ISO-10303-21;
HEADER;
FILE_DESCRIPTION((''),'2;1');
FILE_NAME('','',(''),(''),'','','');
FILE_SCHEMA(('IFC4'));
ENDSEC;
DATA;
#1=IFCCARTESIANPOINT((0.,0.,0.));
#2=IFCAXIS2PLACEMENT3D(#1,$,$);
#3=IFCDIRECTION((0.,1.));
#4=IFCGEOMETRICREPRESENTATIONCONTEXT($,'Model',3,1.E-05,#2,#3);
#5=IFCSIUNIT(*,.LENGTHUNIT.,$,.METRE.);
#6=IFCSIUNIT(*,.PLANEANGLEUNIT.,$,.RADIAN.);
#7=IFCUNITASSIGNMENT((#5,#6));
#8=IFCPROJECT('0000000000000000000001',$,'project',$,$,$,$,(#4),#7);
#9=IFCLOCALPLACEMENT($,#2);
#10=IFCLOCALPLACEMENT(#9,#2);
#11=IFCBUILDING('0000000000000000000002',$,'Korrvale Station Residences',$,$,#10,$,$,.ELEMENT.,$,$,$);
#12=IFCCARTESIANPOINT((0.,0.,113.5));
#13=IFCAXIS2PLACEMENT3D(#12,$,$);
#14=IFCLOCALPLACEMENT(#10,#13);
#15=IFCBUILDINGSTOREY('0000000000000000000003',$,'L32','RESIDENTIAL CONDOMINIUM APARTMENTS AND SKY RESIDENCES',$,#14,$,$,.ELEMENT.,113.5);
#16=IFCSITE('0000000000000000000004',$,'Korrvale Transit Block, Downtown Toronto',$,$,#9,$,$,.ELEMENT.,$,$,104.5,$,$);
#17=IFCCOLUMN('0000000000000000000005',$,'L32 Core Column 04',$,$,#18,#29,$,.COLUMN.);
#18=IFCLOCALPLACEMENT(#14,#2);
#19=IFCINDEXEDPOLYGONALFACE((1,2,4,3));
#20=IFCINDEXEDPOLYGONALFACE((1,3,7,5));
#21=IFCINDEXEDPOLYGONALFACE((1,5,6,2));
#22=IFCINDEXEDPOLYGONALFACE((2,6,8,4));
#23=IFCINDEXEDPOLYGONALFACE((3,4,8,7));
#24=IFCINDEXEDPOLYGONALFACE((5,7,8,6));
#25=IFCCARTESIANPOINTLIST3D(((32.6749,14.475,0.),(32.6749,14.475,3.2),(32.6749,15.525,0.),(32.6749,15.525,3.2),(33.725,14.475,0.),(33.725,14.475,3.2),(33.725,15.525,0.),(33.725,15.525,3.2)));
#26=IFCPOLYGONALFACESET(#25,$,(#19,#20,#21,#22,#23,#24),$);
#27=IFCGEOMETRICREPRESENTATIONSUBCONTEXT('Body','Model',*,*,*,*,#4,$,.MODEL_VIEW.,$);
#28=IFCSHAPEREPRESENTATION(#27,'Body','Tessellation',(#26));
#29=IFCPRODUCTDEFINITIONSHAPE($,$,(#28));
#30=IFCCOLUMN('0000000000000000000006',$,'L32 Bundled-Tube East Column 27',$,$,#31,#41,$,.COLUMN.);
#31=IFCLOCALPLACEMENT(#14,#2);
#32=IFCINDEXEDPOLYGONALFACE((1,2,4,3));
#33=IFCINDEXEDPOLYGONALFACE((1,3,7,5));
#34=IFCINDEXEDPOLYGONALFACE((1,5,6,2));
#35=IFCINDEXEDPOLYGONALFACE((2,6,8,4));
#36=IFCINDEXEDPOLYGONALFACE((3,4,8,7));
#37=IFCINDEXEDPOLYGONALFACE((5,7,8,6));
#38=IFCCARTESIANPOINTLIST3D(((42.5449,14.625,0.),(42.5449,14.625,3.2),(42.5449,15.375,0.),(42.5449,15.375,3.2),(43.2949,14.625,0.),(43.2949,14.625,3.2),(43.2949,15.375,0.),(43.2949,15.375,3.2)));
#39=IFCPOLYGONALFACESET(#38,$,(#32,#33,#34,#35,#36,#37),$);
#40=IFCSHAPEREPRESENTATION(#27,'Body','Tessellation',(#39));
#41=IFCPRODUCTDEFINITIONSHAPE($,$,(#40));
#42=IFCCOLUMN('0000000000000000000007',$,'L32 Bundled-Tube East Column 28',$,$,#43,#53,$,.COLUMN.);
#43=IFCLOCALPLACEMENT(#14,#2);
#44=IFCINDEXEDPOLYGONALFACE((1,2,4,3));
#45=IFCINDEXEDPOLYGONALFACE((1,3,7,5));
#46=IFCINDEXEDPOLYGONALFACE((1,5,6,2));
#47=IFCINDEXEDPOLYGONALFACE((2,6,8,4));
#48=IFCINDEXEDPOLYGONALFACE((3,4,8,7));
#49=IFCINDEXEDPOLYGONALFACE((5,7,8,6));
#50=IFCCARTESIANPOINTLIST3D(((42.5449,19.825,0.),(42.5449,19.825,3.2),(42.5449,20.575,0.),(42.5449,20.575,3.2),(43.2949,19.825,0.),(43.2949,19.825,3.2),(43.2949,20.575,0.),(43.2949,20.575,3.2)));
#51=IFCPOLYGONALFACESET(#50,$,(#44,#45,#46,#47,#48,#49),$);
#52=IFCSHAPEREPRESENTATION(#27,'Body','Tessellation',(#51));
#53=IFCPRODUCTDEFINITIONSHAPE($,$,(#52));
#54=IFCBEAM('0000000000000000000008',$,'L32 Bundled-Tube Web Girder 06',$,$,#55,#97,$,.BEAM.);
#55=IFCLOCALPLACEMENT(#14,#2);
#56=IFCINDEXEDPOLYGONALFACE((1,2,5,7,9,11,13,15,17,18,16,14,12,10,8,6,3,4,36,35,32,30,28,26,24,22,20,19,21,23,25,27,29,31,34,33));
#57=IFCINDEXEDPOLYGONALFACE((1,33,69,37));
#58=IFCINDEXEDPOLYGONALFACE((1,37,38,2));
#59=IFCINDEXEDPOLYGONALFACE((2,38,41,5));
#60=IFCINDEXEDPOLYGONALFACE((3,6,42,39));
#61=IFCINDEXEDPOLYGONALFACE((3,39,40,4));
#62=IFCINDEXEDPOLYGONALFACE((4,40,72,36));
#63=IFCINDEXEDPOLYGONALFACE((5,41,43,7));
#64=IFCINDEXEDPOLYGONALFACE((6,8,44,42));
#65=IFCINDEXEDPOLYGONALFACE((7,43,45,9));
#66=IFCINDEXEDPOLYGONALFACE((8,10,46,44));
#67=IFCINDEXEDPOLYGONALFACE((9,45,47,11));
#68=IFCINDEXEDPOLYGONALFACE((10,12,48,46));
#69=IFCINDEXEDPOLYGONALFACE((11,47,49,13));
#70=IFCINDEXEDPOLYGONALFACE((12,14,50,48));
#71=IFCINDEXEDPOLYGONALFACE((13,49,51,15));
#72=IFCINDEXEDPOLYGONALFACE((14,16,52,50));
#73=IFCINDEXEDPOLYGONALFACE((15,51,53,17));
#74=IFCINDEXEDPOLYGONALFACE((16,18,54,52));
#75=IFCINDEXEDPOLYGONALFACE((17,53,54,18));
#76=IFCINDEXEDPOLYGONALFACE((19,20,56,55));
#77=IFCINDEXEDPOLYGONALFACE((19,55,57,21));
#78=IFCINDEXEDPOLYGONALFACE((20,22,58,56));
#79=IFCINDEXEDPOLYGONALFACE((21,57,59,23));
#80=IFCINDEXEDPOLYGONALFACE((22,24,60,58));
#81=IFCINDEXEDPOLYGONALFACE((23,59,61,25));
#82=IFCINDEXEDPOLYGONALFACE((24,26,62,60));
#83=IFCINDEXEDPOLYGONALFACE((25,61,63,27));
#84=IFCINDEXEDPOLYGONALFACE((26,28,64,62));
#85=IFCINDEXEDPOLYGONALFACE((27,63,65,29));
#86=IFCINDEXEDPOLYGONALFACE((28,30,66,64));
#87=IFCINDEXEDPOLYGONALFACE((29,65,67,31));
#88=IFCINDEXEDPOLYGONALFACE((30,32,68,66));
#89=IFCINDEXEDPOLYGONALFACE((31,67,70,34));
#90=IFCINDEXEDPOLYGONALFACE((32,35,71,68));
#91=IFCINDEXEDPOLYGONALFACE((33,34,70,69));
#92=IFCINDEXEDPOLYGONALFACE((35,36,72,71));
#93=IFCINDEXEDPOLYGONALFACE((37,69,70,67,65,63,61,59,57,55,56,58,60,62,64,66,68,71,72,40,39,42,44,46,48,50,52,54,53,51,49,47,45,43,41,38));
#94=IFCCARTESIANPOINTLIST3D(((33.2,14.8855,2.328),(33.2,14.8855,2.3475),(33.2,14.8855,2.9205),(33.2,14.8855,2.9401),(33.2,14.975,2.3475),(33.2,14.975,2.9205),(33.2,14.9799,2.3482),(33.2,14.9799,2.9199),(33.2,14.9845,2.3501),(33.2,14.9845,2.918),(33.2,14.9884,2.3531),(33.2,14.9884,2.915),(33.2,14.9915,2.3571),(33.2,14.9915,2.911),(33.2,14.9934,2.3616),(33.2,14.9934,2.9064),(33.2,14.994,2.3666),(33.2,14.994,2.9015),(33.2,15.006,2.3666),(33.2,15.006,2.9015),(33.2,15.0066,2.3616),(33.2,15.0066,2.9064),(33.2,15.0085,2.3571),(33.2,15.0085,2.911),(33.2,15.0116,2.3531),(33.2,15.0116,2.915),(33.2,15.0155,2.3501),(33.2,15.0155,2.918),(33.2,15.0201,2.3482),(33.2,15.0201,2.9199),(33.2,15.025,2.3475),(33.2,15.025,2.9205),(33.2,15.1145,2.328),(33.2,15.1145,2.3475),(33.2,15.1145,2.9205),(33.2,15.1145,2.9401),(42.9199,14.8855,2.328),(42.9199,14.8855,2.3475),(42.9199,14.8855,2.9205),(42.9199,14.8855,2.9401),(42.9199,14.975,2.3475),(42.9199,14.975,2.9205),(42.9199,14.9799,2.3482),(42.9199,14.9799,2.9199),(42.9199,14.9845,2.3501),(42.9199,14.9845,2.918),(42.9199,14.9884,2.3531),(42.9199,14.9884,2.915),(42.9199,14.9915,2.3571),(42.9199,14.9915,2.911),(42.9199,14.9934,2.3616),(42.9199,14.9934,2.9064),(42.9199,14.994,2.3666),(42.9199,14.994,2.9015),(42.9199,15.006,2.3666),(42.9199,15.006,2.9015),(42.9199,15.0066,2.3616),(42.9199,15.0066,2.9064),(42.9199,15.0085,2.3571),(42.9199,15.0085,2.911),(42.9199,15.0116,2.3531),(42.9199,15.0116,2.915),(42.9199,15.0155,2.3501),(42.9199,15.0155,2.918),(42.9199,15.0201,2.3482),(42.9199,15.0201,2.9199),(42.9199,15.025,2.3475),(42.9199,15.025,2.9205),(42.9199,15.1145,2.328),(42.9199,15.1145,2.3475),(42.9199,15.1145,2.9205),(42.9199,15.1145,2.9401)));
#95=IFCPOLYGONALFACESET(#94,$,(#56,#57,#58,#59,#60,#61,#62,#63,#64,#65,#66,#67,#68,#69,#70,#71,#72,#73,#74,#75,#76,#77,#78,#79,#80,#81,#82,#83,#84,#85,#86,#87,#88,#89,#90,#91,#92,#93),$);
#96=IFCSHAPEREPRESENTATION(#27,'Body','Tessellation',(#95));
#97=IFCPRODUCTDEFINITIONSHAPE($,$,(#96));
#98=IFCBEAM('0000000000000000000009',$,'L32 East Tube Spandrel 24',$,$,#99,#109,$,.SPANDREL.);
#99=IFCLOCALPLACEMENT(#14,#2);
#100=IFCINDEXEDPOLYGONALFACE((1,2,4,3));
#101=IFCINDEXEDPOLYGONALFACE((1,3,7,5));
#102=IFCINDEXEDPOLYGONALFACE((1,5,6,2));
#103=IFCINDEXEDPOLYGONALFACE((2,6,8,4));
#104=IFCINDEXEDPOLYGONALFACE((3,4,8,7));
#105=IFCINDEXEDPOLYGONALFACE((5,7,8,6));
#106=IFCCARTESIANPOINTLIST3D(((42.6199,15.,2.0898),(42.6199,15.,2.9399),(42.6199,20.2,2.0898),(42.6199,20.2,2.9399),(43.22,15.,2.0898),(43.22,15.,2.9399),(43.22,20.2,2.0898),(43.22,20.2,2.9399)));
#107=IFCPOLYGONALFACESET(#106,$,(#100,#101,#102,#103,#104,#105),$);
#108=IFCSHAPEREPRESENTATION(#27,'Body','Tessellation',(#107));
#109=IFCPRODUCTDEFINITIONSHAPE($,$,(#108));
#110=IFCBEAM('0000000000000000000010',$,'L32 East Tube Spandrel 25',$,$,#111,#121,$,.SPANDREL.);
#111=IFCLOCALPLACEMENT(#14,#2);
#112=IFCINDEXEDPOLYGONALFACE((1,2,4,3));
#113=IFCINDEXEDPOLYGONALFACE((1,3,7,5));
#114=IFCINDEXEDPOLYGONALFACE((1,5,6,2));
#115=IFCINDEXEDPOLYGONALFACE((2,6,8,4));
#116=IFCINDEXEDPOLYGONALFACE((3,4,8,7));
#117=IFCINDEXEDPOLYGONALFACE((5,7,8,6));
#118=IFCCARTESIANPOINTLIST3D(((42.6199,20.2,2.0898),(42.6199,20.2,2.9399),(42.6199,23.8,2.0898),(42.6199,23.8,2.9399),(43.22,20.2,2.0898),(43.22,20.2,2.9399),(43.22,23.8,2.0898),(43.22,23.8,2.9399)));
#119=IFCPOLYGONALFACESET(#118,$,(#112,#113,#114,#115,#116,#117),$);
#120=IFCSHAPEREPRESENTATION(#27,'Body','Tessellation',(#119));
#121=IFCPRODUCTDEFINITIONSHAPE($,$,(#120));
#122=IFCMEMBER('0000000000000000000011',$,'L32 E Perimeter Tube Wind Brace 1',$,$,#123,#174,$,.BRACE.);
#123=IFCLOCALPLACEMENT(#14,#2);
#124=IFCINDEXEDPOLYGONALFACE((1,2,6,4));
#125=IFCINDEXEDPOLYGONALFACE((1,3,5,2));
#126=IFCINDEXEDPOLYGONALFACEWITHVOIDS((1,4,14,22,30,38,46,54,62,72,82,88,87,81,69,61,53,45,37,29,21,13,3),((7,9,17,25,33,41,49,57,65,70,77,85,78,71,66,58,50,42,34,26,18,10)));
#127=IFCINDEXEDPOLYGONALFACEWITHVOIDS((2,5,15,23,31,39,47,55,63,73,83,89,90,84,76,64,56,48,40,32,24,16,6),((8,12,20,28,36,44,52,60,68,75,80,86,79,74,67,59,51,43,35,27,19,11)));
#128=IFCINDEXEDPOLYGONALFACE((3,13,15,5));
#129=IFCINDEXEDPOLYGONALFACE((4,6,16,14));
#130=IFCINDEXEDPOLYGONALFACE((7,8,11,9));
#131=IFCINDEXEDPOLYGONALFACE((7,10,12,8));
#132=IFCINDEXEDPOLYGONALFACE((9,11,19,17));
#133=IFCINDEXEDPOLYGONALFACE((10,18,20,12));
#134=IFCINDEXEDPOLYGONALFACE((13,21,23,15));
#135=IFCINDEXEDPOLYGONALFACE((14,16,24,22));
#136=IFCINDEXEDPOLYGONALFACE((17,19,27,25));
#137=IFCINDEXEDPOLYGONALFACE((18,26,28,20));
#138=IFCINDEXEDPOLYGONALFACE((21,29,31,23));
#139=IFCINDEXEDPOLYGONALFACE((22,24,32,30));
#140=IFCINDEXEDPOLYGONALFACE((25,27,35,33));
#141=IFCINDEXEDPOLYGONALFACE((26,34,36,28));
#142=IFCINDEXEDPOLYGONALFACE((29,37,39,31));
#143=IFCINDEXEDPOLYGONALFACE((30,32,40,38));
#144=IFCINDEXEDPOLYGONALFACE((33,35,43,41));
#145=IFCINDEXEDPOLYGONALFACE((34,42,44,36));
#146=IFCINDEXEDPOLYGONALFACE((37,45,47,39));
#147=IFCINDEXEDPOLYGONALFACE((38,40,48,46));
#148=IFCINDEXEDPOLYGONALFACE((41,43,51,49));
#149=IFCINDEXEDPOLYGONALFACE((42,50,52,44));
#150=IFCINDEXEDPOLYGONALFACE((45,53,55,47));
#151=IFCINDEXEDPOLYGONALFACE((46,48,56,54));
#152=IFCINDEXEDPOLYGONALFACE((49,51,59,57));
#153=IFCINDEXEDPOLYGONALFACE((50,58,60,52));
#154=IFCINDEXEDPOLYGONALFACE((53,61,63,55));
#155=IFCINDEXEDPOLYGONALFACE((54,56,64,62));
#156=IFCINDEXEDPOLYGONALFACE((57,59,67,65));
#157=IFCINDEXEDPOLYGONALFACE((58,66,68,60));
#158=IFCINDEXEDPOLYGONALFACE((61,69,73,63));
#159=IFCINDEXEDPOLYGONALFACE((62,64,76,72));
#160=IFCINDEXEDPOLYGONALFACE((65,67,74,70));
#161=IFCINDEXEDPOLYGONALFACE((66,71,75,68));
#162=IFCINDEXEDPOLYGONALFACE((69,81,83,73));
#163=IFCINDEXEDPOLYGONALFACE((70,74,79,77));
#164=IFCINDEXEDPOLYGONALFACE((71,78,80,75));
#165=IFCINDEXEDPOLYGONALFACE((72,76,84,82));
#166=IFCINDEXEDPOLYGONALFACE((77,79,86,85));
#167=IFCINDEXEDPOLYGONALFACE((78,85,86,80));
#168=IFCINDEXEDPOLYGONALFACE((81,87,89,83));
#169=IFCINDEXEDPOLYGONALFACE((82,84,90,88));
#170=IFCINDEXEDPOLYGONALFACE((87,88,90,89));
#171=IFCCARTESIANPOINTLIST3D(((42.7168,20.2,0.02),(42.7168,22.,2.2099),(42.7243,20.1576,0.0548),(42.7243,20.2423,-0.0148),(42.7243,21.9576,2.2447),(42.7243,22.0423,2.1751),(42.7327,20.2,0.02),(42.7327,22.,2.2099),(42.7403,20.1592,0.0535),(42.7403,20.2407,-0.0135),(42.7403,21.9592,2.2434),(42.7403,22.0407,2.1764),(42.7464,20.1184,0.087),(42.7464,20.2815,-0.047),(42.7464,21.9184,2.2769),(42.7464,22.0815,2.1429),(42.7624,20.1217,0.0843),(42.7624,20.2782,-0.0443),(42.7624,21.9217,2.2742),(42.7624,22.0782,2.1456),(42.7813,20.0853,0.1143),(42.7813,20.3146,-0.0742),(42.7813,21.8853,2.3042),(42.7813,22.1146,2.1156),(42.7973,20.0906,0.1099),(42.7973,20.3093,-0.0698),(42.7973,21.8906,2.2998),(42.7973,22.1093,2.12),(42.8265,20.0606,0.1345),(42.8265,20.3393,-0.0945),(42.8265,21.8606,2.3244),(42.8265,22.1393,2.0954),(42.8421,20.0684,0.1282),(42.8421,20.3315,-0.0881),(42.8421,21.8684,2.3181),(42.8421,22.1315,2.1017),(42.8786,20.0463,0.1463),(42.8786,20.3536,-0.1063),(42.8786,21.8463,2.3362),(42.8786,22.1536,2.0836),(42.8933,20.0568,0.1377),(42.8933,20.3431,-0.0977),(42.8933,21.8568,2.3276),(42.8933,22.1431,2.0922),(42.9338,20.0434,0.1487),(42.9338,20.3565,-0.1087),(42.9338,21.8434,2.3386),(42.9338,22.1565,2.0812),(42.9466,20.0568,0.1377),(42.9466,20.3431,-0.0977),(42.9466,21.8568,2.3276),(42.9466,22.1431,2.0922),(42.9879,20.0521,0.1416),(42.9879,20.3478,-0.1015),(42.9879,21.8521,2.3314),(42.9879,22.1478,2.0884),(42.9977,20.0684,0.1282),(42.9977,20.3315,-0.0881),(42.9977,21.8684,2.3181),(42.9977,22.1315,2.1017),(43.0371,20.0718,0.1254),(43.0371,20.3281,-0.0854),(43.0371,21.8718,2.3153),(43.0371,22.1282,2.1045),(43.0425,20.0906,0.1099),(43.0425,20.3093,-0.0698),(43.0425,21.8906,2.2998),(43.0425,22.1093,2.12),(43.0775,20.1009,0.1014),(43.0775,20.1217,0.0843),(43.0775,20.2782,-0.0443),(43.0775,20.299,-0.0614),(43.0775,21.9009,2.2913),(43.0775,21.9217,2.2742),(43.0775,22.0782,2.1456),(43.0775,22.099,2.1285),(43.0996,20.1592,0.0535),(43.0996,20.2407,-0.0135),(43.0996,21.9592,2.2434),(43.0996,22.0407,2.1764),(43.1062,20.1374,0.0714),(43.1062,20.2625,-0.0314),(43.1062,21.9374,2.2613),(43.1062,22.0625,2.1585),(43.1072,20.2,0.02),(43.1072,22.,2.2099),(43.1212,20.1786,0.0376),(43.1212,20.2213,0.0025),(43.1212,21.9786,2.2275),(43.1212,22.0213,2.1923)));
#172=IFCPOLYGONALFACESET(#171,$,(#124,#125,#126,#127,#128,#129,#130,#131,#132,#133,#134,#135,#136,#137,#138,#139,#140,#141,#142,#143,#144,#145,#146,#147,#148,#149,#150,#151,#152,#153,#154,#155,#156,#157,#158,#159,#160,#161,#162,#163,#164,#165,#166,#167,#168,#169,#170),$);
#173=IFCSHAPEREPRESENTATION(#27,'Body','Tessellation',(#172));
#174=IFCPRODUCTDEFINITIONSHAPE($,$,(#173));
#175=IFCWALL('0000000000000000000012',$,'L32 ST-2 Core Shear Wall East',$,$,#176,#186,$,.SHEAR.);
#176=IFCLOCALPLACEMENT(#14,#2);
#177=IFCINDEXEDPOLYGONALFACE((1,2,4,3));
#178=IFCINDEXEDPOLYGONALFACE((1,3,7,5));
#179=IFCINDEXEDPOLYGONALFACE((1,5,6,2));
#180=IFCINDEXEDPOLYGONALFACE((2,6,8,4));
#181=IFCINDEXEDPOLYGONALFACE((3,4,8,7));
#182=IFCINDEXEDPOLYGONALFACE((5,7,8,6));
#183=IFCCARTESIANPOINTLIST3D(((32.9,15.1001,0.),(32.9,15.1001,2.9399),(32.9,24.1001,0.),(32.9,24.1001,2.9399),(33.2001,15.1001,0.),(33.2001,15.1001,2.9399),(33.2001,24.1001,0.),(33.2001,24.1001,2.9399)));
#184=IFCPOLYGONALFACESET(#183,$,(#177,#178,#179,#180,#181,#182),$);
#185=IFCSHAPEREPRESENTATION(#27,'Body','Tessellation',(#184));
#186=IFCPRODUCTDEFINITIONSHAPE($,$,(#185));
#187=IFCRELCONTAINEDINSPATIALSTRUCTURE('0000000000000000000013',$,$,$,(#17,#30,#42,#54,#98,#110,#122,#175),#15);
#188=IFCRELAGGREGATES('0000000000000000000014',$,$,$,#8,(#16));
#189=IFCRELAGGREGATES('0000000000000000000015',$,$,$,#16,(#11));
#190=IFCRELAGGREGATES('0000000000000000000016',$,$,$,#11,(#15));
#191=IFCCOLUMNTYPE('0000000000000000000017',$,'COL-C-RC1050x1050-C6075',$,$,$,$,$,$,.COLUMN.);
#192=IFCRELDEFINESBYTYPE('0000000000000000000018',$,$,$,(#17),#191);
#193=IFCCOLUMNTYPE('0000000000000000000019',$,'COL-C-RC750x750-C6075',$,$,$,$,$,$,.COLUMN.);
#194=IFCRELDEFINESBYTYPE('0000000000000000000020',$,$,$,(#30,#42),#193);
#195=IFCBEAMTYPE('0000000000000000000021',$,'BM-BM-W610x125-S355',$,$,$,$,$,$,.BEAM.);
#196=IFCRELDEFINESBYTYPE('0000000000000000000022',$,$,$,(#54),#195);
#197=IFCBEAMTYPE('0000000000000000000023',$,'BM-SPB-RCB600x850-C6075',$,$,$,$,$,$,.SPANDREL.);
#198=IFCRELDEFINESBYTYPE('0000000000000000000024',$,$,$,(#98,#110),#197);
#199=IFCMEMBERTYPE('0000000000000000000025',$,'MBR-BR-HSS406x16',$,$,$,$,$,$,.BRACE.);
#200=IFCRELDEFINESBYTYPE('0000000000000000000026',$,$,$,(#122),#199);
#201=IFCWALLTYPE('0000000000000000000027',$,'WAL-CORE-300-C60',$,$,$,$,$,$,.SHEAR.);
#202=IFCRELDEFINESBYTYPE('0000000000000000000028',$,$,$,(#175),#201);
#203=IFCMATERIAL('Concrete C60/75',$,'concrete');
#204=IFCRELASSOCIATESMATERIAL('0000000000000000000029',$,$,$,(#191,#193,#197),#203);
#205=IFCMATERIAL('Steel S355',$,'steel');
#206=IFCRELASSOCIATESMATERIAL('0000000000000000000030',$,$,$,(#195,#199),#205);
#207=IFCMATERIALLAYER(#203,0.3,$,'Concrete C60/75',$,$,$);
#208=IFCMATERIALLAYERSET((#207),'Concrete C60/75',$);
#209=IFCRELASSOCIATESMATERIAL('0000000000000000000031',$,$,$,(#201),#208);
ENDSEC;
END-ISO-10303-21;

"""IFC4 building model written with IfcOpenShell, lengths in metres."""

from ifc_helpers import new_model, si_unit, direction, frame, frame_2d, origin, origin_2d, place, context, subcontext, project, spatial, rectangle, hollow_circle, i_section, extrude, material, layer, layer_set, material_profile, profile_set, type_object, element, save


model = new_model("IFC4")

# Units and contexts
model_context = context("Model", 3, precision=1e-05, world=origin(), true_north=direction((0.0, 1.0)))
body_context = subcontext(model_context, "Body", "Model", "MODEL_VIEW")
ifc_project = project(units=[si_unit("LENGTHUNIT", "METRE"), si_unit("PLANEANGLEUNIT", "RADIAN")], contexts=[model_context])

# Site, building, storey
site_placement = place(None, origin())
site = spatial("IfcSite", under=ifc_project, at=site_placement, Name="Korrvale Transit Block, Downtown Toronto", CompositionType="ELEMENT", RefElevation=104.5)
building_placement = place(site_placement, origin())
building = spatial("IfcBuilding", under=site, at=building_placement, Name="Korrvale Station Residences", CompositionType="ELEMENT")
storey_placement = place(building_placement, frame((0.0, 0.0, 113.5)))
storey = spatial("IfcBuildingStorey", under=building, at=storey_placement, Name="L32", Description="RESIDENTIAL CONDOMINIUM APARTMENTS AND SKY RESIDENCES", CompositionType="ELEMENT", Elevation=113.5)

# Columns
ifc_material_1 = material(Name="Concrete C60/75", Category="concrete")
ifc_material_profile_1 = material_profile(ifc_material_1, rectangle(XDim=1.05, YDim=1.05, at=origin_2d()), Name="RC1050x1050")
ifc_profile_set_1 = profile_set([ifc_material_profile_1], Name="Concrete C60/75")
column_type_1 = type_object("IfcColumnType", Name="COL-C-RC1050x1050-C6075", PredefinedType="COLUMN", material=ifc_profile_set_1)
column_placement = place(storey_placement, frame((33.2, 15.0, 0.0), z_axis=(0.0, 0.0, 1.0), x_axis=(1.0, 0.0, 0.0)))
element("IfcColumn", 1, at=column_placement, inside=storey, type_object=column_type_1, Name="L32 Core Column 04", PredefinedType="COLUMN", context=body_context, shape_type="SweptSolid", body=[
    extrude(rectangle(XDim=1.05, YDim=1.05, at=origin_2d()), origin(), (0.0, 0.0, 1.0), 3.2),
])
ifc_material_profile_2 = material_profile(ifc_material_1, rectangle(XDim=0.75, YDim=0.75, at=origin_2d()), Name="RC750x750")
ifc_profile_set_2 = profile_set([ifc_material_profile_2], Name="Concrete C60/75")
column_type_2 = type_object("IfcColumnType", Name="COL-C-RC750x750-C6075", PredefinedType="COLUMN", material=ifc_profile_set_2)
for number, where, z_axis, x_axis, name in (
    (2, (42.9199, 15.0, 0.0), (0.0, 0.0, 1.0), (1.0, 0.0, 0.0), "L32 Bundled-Tube East Column 27"),
    (3, (42.9199, 20.2, 0.0), (0.0, 0.0, 1.0), (1.0, 0.0, 0.0), "L32 Bundled-Tube East Column 28"),
):
    element("IfcColumn", number, at=place(storey_placement, frame(where, z_axis=z_axis, x_axis=x_axis)), inside=storey, type_object=column_type_2, Name=name, PredefinedType="COLUMN", context=body_context, shape_type="SweptSolid", body=[
        extrude(rectangle(XDim=0.75, YDim=0.75, at=origin_2d()), origin(), (0.0, 0.0, 1.0), 3.2),
    ])

# Beams
ifc_material_2 = material(Name="Steel S355", Category="steel")
ifc_material_profile_3 = material_profile(ifc_material_2, i_section(OverallWidth=0.229, OverallDepth=0.6121, WebThickness=0.012, FlangeThickness=0.0195, FilletRadius=0.019, at=origin_2d()), Name="W610x125")
ifc_profile_set_3 = profile_set([ifc_material_profile_3], Name="Steel S355")
beam_type_1 = type_object("IfcBeamType", Name="BM-BM-W610x125-S355", PredefinedType="BEAM", material=ifc_profile_set_3)
beam_1_placement = place(storey_placement, frame((33.2, 15.0, 2.634), z_axis=(1.0, 0.0, 0.0), x_axis=(0.0, 1.0, 0.0)))
element("IfcBeam", 4, at=beam_1_placement, inside=storey, type_object=beam_type_1, Name="L32 Bundled-Tube Web Girder 06", PredefinedType="BEAM", context=body_context, shape_type="SweptSolid", body=[
    extrude(i_section(OverallWidth=0.229, OverallDepth=0.6121, WebThickness=0.012, FlangeThickness=0.0195, FilletRadius=0.019, at=origin_2d()), origin(), (0.0, 0.0, 1.0), 9.72),
])
ifc_material_profile_4 = material_profile(ifc_material_1, rectangle(XDim=0.6001, YDim=0.8501, at=origin_2d()), Name="RCB600x850")
ifc_profile_set_4 = profile_set([ifc_material_profile_4], Name="Concrete C60/75")
beam_type_2 = type_object("IfcBeamType", Name="BM-SPB-RCB600x850-C6075", PredefinedType="SPANDREL", material=ifc_profile_set_4)
beam_2_placement = place(storey_placement, frame((42.9199, 15.0, 2.5149), z_axis=(0.0, 1.0, 0.0), x_axis=(-1.0, 0.0, 0.0)))
element("IfcBeam", 5, at=beam_2_placement, inside=storey, type_object=beam_type_2, Name="L32 East Tube Spandrel 24", PredefinedType="SPANDREL", context=body_context, shape_type="SweptSolid", body=[
    extrude(rectangle(XDim=0.6001, YDim=0.8501, at=origin_2d()), origin(), (0.0, 0.0, 1.0), 5.2),
])
beam_3_placement = place(storey_placement, frame((42.9199, 20.2, 2.5149), z_axis=(0.0, 1.0, 0.0), x_axis=(-1.0, 0.0, 0.0)))
element("IfcBeam", 6, at=beam_3_placement, inside=storey, type_object=beam_type_2, Name="L32 East Tube Spandrel 25", PredefinedType="SPANDREL", context=body_context, shape_type="SweptSolid", body=[
    extrude(rectangle(XDim=0.6001, YDim=0.8501, at=origin_2d()), origin(), (0.0, 0.0, 1.0), 3.6001),
])

# Member
ifc_material_profile_5 = material_profile(ifc_material_2, hollow_circle(Radius=0.2031, WallThickness=0.0159, at=origin_2d()), Name="HSS406x16")
ifc_profile_set_5 = profile_set([ifc_material_profile_5], Name="Steel S355")
member_type = type_object("IfcMemberType", Name="MBR-BR-HSS406x16", PredefinedType="BRACE", material=ifc_profile_set_5)
member_placement = place(storey_placement, frame((42.9199, 20.2, 0.02), z_axis=(0.0, 0.634985, 0.772524), x_axis=(-1.0, 0.0, 0.0)))
element("IfcMember", 7, at=member_placement, inside=storey, type_object=member_type, Name="L32 E Perimeter Tube Wind Brace 1", PredefinedType="BRACE", context=body_context, shape_type="SweptSolid", body=[
    extrude(hollow_circle(Radius=0.2031, WallThickness=0.0159, at=origin_2d()), origin(), (0.0, 0.0, 1.0), 2.8347),
])

# Wall
ifc_layer_1 = layer(ifc_material_1, 0.3, Name="Concrete C60/75")
ifc_layer_set_1 = layer_set([ifc_layer_1], Name="Concrete C60/75")
wall_type_1 = type_object("IfcWallType", Name="WAL-CORE-300-C60", PredefinedType="SHEAR", material=ifc_layer_set_1)
wall_1_placement = place(storey_placement, frame((33.05, 15.1001, 0.0), z_axis=(0.0, 0.0, 1.0), x_axis=(0.0, 1.0, 0.0)))
element("IfcWall", 8, at=wall_1_placement, inside=storey, type_object=wall_type_1, Name="L32 ST-2 Core Shear Wall East", PredefinedType="SHEAR", context=body_context, shape_type="SweptSolid", body=[
    extrude(rectangle(XDim=9.0, YDim=0.3, at=frame_2d((4.5, 0.0))), origin(), (0.0, 0.0, 1.0), 2.9399),
])

save(model, "model.ifc")
